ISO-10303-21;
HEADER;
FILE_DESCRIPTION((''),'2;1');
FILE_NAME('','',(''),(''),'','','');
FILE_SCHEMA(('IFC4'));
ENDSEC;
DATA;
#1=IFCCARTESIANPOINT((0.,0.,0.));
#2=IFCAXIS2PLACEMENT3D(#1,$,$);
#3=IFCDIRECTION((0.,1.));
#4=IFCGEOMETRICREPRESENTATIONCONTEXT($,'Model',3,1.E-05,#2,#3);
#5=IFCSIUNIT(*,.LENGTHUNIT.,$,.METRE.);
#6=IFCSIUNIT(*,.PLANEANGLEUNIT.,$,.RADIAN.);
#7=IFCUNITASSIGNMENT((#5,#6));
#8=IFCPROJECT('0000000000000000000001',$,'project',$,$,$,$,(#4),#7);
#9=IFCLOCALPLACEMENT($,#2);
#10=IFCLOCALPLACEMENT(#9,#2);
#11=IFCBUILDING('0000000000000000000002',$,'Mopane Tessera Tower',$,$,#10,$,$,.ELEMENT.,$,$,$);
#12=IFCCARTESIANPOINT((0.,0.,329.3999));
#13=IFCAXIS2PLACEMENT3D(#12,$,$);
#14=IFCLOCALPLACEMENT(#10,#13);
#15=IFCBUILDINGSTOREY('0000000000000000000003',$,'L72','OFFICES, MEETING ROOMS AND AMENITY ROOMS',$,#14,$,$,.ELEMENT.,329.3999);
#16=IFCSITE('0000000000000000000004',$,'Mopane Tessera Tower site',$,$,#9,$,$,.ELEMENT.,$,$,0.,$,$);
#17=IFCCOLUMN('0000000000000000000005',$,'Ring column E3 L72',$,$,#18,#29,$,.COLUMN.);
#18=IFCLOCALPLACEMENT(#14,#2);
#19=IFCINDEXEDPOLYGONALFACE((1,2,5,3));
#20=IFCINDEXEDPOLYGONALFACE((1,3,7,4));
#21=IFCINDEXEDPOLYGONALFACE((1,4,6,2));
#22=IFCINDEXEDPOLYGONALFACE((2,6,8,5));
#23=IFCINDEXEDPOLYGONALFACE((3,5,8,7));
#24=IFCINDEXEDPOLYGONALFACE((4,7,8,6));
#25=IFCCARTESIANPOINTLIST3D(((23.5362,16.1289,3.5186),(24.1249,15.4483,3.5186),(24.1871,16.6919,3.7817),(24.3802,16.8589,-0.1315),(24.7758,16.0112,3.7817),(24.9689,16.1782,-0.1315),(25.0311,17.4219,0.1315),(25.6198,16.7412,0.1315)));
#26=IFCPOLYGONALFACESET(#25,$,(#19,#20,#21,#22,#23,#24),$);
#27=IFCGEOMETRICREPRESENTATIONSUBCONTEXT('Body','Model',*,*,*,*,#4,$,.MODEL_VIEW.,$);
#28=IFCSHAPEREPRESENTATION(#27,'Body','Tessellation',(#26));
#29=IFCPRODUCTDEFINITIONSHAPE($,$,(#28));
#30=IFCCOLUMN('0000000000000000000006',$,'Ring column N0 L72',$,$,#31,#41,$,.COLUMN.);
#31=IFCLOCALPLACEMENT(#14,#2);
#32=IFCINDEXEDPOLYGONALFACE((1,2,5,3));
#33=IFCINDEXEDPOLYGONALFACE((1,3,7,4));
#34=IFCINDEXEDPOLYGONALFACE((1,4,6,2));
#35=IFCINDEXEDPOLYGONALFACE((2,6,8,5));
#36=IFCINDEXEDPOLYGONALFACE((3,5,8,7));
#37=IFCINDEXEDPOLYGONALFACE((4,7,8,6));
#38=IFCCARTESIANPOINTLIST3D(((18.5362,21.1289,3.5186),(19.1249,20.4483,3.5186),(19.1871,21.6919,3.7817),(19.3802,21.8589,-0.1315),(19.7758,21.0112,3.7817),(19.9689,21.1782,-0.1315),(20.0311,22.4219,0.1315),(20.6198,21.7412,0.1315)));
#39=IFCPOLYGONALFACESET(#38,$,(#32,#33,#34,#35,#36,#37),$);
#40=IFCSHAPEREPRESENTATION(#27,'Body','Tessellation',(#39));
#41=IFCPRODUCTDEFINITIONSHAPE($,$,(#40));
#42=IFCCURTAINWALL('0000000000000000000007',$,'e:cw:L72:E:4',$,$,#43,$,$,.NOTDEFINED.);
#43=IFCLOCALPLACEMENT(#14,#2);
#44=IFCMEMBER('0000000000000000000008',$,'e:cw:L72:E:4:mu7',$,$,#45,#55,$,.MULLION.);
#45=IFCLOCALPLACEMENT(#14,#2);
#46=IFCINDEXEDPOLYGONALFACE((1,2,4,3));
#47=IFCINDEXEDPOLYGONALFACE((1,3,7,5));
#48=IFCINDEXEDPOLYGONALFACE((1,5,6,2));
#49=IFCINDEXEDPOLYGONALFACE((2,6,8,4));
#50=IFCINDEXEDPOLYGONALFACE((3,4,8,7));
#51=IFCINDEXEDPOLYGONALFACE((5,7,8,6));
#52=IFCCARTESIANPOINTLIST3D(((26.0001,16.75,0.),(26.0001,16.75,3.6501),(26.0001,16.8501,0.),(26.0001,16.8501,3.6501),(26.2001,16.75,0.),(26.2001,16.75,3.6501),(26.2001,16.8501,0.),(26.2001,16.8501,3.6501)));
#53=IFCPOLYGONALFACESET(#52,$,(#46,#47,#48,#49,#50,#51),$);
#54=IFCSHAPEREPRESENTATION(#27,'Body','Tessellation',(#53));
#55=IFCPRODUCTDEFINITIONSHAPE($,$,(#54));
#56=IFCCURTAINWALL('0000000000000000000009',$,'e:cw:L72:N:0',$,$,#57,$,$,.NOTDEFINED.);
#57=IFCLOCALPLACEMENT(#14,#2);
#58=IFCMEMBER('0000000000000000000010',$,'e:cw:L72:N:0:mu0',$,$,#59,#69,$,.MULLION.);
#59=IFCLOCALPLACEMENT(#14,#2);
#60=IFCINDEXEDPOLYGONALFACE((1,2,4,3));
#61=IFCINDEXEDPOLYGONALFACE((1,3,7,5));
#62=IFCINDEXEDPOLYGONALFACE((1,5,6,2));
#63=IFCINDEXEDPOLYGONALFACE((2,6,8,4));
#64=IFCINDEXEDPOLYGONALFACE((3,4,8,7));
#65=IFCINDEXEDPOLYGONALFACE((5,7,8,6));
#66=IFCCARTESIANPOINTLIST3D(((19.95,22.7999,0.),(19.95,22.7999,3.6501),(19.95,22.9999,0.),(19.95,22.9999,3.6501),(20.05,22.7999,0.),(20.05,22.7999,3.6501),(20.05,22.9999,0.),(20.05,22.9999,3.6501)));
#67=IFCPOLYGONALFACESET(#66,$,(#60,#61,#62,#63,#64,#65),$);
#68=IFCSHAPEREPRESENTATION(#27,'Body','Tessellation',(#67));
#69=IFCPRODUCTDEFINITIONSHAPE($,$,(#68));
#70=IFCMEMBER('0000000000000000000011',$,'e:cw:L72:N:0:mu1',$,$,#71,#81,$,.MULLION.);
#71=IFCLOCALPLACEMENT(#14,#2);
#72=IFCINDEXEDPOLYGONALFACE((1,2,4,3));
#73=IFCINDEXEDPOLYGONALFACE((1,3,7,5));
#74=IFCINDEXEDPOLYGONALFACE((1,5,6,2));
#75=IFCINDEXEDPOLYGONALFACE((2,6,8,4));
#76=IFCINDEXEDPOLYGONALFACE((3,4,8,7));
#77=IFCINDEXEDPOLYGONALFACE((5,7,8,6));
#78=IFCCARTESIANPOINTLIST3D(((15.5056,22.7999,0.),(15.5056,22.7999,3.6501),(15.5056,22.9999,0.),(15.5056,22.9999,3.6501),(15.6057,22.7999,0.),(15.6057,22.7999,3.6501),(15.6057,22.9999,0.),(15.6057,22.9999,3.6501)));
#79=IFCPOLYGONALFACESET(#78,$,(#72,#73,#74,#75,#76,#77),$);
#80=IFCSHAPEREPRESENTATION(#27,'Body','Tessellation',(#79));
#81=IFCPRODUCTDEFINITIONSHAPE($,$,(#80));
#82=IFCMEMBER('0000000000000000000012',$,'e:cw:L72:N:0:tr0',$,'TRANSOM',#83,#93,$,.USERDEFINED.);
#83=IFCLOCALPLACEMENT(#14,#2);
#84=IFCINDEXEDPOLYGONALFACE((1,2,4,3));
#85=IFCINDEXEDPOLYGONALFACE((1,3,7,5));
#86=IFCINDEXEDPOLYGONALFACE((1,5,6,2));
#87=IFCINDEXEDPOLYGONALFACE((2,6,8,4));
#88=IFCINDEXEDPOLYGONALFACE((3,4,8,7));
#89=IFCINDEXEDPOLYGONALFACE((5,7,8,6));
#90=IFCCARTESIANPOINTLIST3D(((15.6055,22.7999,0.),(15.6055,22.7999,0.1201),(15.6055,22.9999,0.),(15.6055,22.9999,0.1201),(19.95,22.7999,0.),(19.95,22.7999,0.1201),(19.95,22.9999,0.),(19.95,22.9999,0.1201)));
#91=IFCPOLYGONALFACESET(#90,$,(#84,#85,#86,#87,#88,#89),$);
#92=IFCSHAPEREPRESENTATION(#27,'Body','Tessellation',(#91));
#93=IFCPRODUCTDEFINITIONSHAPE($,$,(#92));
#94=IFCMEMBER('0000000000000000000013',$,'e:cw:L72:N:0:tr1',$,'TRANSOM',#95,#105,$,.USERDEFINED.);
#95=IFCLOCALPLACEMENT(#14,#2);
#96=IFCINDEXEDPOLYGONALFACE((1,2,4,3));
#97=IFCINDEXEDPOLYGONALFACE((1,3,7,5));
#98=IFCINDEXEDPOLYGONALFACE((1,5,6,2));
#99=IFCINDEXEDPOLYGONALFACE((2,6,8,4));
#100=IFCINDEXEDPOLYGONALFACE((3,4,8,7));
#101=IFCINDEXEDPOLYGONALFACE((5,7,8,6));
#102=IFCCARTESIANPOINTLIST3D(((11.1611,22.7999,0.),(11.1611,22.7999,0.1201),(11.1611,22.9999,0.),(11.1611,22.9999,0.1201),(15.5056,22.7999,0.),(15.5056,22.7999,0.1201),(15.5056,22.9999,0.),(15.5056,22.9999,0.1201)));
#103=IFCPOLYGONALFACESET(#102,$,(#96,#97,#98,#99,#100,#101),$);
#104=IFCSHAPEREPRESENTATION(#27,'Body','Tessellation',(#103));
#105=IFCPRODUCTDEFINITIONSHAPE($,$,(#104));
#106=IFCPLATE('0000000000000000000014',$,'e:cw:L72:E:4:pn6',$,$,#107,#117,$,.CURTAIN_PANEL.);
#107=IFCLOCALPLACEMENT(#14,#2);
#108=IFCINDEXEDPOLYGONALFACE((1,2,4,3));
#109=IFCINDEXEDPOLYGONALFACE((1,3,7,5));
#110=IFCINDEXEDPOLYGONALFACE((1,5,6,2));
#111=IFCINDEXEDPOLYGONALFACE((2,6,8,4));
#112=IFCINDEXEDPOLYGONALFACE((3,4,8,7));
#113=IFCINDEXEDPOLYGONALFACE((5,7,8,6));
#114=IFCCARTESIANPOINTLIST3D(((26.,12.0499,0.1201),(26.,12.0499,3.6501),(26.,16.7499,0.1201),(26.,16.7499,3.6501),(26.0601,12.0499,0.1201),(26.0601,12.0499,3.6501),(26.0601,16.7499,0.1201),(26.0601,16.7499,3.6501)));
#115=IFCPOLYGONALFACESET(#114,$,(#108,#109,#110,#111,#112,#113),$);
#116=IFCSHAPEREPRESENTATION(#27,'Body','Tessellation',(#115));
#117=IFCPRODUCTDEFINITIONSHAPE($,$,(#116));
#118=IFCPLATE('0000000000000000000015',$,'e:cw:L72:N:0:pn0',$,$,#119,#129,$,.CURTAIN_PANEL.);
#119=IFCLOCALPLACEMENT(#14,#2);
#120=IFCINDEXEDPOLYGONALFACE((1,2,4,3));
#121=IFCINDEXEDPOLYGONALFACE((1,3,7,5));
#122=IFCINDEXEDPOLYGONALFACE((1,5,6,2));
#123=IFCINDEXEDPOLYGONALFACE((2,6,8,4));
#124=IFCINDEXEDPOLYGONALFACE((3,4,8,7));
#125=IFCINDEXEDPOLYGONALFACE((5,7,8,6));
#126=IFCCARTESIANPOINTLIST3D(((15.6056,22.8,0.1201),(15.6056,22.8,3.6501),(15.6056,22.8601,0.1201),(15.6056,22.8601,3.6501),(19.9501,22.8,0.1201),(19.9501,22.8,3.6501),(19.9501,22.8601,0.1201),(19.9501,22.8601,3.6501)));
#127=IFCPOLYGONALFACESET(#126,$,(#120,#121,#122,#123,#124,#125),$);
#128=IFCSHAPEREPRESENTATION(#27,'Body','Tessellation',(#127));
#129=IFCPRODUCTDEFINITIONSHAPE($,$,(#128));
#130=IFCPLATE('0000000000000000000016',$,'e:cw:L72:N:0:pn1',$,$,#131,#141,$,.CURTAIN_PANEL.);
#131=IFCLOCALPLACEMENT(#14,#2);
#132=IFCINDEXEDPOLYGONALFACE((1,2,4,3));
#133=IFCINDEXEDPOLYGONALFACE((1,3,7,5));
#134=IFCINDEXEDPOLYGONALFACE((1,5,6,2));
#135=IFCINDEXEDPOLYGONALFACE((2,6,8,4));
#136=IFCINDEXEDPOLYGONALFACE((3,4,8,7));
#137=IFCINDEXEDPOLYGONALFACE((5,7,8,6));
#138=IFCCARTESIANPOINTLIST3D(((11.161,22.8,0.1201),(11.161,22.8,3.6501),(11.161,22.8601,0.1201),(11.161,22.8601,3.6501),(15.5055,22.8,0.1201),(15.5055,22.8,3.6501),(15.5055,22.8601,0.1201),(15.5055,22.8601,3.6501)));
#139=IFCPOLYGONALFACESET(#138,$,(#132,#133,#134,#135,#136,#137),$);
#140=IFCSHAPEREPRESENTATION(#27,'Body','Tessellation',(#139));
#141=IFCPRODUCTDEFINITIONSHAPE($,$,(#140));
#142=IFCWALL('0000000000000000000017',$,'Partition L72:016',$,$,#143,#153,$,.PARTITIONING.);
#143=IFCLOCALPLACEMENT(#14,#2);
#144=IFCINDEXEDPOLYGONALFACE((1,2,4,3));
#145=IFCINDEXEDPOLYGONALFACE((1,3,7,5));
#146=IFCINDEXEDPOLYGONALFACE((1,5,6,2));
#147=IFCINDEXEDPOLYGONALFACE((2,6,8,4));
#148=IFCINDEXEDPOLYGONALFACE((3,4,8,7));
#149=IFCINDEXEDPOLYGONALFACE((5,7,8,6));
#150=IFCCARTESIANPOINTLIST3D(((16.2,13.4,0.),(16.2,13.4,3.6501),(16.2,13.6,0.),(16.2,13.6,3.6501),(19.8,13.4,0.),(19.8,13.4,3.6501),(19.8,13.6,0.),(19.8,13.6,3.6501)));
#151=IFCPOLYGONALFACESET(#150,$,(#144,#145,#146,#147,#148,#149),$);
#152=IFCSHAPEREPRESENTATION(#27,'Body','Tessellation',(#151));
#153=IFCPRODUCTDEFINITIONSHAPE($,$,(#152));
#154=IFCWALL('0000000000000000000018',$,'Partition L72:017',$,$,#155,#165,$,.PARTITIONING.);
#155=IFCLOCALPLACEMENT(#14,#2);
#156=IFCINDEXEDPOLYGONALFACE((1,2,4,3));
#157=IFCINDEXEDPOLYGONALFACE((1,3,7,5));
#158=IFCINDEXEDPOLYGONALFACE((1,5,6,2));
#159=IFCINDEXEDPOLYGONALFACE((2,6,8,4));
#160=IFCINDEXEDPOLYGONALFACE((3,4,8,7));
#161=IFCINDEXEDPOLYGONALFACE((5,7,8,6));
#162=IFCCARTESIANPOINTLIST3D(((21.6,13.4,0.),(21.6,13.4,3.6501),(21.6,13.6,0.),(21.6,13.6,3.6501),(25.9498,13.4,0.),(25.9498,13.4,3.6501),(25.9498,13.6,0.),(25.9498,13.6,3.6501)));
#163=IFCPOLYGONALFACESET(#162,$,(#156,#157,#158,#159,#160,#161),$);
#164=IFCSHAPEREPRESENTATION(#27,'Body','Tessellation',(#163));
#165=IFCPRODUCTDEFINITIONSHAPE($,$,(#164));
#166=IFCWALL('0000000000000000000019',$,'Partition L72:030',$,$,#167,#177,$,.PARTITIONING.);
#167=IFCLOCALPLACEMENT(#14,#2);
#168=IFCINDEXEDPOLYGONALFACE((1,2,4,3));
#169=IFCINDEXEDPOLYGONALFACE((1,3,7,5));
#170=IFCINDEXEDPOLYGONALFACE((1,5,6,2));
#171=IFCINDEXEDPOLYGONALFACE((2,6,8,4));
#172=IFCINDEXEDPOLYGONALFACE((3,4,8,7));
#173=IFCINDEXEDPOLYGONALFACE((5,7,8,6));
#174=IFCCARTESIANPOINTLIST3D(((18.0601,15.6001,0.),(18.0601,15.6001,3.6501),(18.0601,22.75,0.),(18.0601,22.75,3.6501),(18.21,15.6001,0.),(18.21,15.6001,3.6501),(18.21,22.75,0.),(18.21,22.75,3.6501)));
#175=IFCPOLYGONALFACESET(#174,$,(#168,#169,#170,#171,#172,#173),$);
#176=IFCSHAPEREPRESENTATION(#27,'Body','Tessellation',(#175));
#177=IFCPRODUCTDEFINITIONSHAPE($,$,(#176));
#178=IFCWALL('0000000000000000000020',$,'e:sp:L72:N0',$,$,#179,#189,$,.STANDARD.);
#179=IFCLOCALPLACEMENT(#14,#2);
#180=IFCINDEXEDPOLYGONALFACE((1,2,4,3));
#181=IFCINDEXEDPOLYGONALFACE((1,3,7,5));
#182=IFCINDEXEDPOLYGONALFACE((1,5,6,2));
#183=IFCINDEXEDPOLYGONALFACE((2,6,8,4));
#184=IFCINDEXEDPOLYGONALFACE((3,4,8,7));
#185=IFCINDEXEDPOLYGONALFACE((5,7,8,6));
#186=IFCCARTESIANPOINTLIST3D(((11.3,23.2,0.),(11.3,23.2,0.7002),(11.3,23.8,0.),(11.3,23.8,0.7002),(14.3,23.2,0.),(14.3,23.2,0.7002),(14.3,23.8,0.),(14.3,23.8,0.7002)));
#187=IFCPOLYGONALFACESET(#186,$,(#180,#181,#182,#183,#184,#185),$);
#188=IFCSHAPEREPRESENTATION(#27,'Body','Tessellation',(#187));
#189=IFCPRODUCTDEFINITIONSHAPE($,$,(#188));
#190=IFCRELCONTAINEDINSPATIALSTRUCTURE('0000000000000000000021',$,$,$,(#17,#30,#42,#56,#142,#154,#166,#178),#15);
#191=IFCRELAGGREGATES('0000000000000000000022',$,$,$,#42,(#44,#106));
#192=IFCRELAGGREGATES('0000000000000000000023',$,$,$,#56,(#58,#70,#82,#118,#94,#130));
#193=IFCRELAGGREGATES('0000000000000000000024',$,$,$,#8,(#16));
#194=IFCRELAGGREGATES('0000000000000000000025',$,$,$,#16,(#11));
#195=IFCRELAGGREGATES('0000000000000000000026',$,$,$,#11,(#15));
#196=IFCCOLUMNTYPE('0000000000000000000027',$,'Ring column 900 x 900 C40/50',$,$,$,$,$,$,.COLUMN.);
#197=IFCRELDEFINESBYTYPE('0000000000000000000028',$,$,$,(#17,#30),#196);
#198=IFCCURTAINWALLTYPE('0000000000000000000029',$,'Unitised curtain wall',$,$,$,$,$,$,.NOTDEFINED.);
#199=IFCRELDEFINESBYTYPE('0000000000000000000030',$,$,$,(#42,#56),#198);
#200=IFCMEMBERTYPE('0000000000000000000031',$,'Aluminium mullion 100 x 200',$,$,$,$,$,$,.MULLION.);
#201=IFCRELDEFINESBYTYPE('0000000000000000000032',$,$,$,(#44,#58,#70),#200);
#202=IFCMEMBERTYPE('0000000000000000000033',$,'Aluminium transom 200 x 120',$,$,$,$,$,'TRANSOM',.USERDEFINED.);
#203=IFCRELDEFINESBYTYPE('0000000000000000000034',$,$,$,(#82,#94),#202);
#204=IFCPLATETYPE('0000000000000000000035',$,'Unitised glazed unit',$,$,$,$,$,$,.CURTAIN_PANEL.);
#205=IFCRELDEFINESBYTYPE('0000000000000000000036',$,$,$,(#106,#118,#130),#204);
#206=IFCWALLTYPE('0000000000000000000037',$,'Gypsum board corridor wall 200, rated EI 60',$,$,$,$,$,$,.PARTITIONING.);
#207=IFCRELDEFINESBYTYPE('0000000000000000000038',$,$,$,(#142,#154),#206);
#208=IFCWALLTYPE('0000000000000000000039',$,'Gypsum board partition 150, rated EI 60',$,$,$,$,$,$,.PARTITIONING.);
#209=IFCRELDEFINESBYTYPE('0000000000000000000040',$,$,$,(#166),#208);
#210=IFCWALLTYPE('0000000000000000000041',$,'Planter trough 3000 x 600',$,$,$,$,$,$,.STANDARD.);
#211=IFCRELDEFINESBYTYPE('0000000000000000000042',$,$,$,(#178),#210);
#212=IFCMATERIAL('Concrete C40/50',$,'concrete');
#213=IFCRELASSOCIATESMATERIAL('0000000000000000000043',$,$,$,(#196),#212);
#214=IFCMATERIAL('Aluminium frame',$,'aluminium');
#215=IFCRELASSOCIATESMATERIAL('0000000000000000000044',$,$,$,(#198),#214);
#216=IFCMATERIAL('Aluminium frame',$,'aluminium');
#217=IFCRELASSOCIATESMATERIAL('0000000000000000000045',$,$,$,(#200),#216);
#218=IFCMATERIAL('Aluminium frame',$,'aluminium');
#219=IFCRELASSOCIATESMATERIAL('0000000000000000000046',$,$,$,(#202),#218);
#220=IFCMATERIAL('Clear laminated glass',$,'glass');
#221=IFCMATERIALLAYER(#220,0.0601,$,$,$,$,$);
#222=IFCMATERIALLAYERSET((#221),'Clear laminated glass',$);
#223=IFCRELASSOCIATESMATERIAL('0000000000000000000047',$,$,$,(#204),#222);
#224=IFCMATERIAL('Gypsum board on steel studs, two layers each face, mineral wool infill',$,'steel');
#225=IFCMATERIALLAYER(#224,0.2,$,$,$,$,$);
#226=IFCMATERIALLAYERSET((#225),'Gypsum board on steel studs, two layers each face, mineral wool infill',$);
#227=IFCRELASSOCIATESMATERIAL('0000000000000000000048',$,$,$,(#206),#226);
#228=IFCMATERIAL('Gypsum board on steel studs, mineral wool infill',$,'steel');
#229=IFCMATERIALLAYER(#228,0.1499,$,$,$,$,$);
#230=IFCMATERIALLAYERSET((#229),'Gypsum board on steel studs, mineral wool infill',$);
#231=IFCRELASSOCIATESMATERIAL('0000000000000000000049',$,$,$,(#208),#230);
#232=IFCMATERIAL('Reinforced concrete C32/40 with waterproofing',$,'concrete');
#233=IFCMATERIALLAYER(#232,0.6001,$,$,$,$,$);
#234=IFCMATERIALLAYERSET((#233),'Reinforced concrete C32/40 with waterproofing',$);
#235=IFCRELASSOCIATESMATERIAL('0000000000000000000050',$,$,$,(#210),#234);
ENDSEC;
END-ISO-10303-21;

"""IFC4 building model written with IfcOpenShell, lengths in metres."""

from ifc_helpers import new_model, si_unit, direction, frame, frame_2d, origin, origin_2d, place, context, subcontext, project, spatial, rectangle, extrude, material, layer, layer_set, material_profile, profile_set, type_object, element, aggregate, save


model = new_model("IFC4")

# Units and contexts
model_context = context("Model", 3, precision=1e-05, world=origin(), true_north=direction((0.0, 1.0)))
body_context = subcontext(model_context, "Body", "Model", "MODEL_VIEW")
ifc_project = project(units=[si_unit("LENGTHUNIT", "METRE"), si_unit("PLANEANGLEUNIT", "RADIAN")], contexts=[model_context])

# Site, building, storey
site_placement = place(None, origin())
site = spatial("IfcSite", under=ifc_project, at=site_placement, Name="Mopane Tessera Tower site", CompositionType="ELEMENT", RefElevation=0.0)
building_placement = place(site_placement, origin())
building = spatial("IfcBuilding", under=site, at=building_placement, Name="Mopane Tessera Tower", CompositionType="ELEMENT")
storey_placement = place(building_placement, frame((0.0, 0.0, 329.3999)))
storey = spatial("IfcBuildingStorey", under=building, at=storey_placement, Name="L72", Description="OFFICES, MEETING ROOMS AND AMENITY ROOMS", CompositionType="ELEMENT", Elevation=329.3999)

# Columns
ifc_material_1 = material(Name="Concrete C40/50", Category="concrete")
ifc_material_profile_1 = material_profile(ifc_material_1, rectangle(XDim=0.8999, YDim=0.8999, at=origin_2d()))
ifc_profile_set_1 = profile_set([ifc_material_profile_1], Name="Concrete C40/50")
column_type = type_object("IfcColumnType", Name="Ring column 900 x 900 C40/50", PredefinedType="COLUMN", material=ifc_profile_set_1)
for number, where, z_axis, x_axis, name in (
    (1, (25.0, 16.8, 0.0), (-0.22112, -0.191249, 0.95631), (0.654172, -0.756346, 0.0), "Ring column E3 L72"),
    (2, (20.0, 21.8, 0.0), (-0.22112, -0.191249, 0.95631), (0.654172, -0.756346, 0.0), "Ring column N0 L72"),
):
    element("IfcColumn", number, at=place(storey_placement, frame(where, z_axis=z_axis, x_axis=x_axis)), inside=storey, type_object=column_type, Name=name, PredefinedType="COLUMN", context=body_context, shape_type="SweptSolid", body=[
        extrude(rectangle(XDim=0.8999, YDim=0.8999, at=origin_2d()), origin(), (0.0, 0.0, 1.0), 3.8169),
    ])

# Curtain wall, member
ifc_material_2 = material(Name="Aluminium frame", Category="aluminium")
curtain_wall_type = type_object("IfcCurtainWallType", Name="Unitised curtain wall", PredefinedType="NOTDEFINED", material=ifc_material_2)
curtain_wall_1_placement = place(storey_placement, origin())
curtain_wall_1 = element("IfcCurtainWall", 3, at=curtain_wall_1_placement, inside=storey, type_object=curtain_wall_type, Name="e:cw:L72:E:4", PredefinedType="NOTDEFINED")
ifc_material_3 = material(Name="Aluminium frame", Category="aluminium")
ifc_material_profile_2 = material_profile(ifc_material_3, rectangle(XDim=0.1001, YDim=0.2, at=origin_2d()))
ifc_profile_set_2 = profile_set([ifc_material_profile_2], Name="Aluminium frame")
member_type_1 = type_object("IfcMemberType", Name="Aluminium mullion 100 x 200", PredefinedType="MULLION", material=ifc_profile_set_2)
member_1_placement = place(storey_placement, frame((26.1001, 16.8, 0.0), z_axis=(0.0, 0.0, 1.0), x_axis=(0.0, 1.0, 0.0)))
member_1 = element("IfcMember", 4, at=member_1_placement, type_object=member_type_1, Name="e:cw:L72:E:4:mu7", PredefinedType="MULLION", context=body_context, shape_type="SweptSolid", body=[
    extrude(rectangle(XDim=0.1001, YDim=0.2, at=origin_2d()), origin(), (0.0, 0.0, 1.0), 3.6501),
])

# Curtain wall, members
curtain_wall_2_placement = place(storey_placement, origin())
curtain_wall_2 = element("IfcCurtainWall", 5, at=curtain_wall_2_placement, inside=storey, type_object=curtain_wall_type, Name="e:cw:L72:N:0", PredefinedType="NOTDEFINED")
member_2_placement = place(storey_placement, frame((20.0, 22.8999, 0.0), z_axis=(0.0, 0.0, 1.0), x_axis=(-1.0, 0.0, 0.0)))
member_2 = element("IfcMember", 6, at=member_2_placement, type_object=member_type_1, Name="e:cw:L72:N:0:mu0", PredefinedType="MULLION", context=body_context, shape_type="SweptSolid", body=[
    extrude(rectangle(XDim=0.1001, YDim=0.2, at=origin_2d()), origin(), (0.0, 0.0, 1.0), 3.6501),
])
member_3_placement = place(storey_placement, frame((15.5557, 22.8999, 0.0), z_axis=(0.0, 0.0, 1.0), x_axis=(-1.0, 0.0, 0.0)))
member_3 = element("IfcMember", 7, at=member_3_placement, type_object=member_type_1, Name="e:cw:L72:N:0:mu1", PredefinedType="MULLION", context=body_context, shape_type="SweptSolid", body=[
    extrude(rectangle(XDim=0.1001, YDim=0.2, at=origin_2d()), origin(), (0.0, 0.0, 1.0), 3.6501),
])
ifc_material_4 = material(Name="Aluminium frame", Category="aluminium")
ifc_material_profile_3 = material_profile(ifc_material_4, rectangle(XDim=0.2, YDim=0.1201, at=origin_2d()))
ifc_profile_set_3 = profile_set([ifc_material_profile_3], Name="Aluminium frame")
member_type_2 = type_object("IfcMemberType", Name="Aluminium transom 200 x 120", ElementType="TRANSOM", PredefinedType="USERDEFINED", material=ifc_profile_set_3)
member_4_placement = place(storey_placement, frame((19.95, 22.8999, 0.0601), z_axis=(-1.0, 0.0, 0.0), x_axis=(0.0, -1.0, 0.0)))
member_4 = element("IfcMember", 8, at=member_4_placement, type_object=member_type_2, Name="e:cw:L72:N:0:tr0", ObjectType="TRANSOM", PredefinedType="USERDEFINED", context=body_context, shape_type="SweptSolid", body=[
    extrude(rectangle(XDim=0.2, YDim=0.1201, at=origin_2d()), origin(), (0.0, 0.0, 1.0), 4.3445),
])
member_5_placement = place(storey_placement, frame((15.5056, 22.8999, 0.0601), z_axis=(-1.0, 0.0, 0.0), x_axis=(0.0, -1.0, 0.0)))
member_5 = element("IfcMember", 9, at=member_5_placement, type_object=member_type_2, Name="e:cw:L72:N:0:tr1", ObjectType="TRANSOM", PredefinedType="USERDEFINED", context=body_context, shape_type="SweptSolid", body=[
    extrude(rectangle(XDim=0.2, YDim=0.1201, at=origin_2d()), origin(), (0.0, 0.0, 1.0), 4.3445),
])

# Plates
ifc_material_5 = material(Name="Clear laminated glass", Category="glass")
ifc_layer_1 = layer(ifc_material_5, 0.0601)
ifc_layer_set_1 = layer_set([ifc_layer_1], Name="Clear laminated glass")
plate_type = type_object("IfcPlateType", Name="Unitised glazed unit", PredefinedType="CURTAIN_PANEL", material=ifc_layer_set_1)
plate_1_placement = place(storey_placement, frame((26.03, 14.3999, 0.1201), z_axis=(0.0, 0.0, 1.0), x_axis=(0.0, 1.0, 0.0)))
plate_1 = element("IfcPlate", 10, at=plate_1_placement, type_object=plate_type, Name="e:cw:L72:E:4:pn6", PredefinedType="CURTAIN_PANEL", context=body_context, shape_type="SweptSolid", body=[
    extrude(rectangle(XDim=4.7, YDim=0.0601, at=origin_2d()), origin(), (0.0, 0.0, 1.0), 3.53),
])
aggregate(curtain_wall_1, [member_1, plate_1])
plate_2_placement = place(storey_placement, frame((17.7778, 22.8301, 0.1201), z_axis=(0.0, 0.0, 1.0), x_axis=(-1.0, 0.0, 0.0)))
plate_2 = element("IfcPlate", 11, at=plate_2_placement, type_object=plate_type, Name="e:cw:L72:N:0:pn0", PredefinedType="CURTAIN_PANEL", context=body_context, shape_type="SweptSolid", body=[
    extrude(rectangle(XDim=4.3445, YDim=0.0601, at=origin_2d()), origin(), (0.0, 0.0, 1.0), 3.53),
])
plate_3_placement = place(storey_placement, frame((13.3333, 22.8301, 0.1201), z_axis=(0.0, 0.0, 1.0), x_axis=(-1.0, 0.0, 0.0)))
plate_3 = element("IfcPlate", 12, at=plate_3_placement, type_object=plate_type, Name="e:cw:L72:N:0:pn1", PredefinedType="CURTAIN_PANEL", context=body_context, shape_type="SweptSolid", body=[
    extrude(rectangle(XDim=4.3445, YDim=0.0601, at=origin_2d()), origin(), (0.0, 0.0, 1.0), 3.53),
])
aggregate(curtain_wall_2, [member_2, member_3, member_4, plate_2, member_5, plate_3])

# Walls
ifc_material_6 = material(Name="Gypsum board on steel studs, two layers each face, mineral wool infill", Category="steel")
ifc_layer_2 = layer(ifc_material_6, 0.2)
ifc_layer_set_2 = layer_set([ifc_layer_2], Name="Gypsum board on steel studs, two layers each face, mineral wool infill")
wall_type_1 = type_object("IfcWallType", Name="Gypsum board corridor wall 200, rated EI 60", PredefinedType="PARTITIONING", material=ifc_layer_set_2)
wall_1_placement = place(storey_placement, frame((16.2, 13.5, 0.0), z_axis=(0.0, 0.0, 1.0), x_axis=(1.0, 0.0, 0.0)))
element("IfcWall", 13, at=wall_1_placement, inside=storey, type_object=wall_type_1, Name="Partition L72:016", PredefinedType="PARTITIONING", context=body_context, shape_type="SweptSolid", body=[
    extrude(rectangle(XDim=3.6001, YDim=0.2, at=frame_2d((1.8, 0.0))), origin(), (0.0, 0.0, 1.0), 3.6501),
])
wall_2_placement = place(storey_placement, frame((21.6001, 13.5, 0.0), z_axis=(0.0, 0.0, 1.0), x_axis=(1.0, 0.0, 0.0)))
element("IfcWall", 14, at=wall_2_placement, inside=storey, type_object=wall_type_1, Name="Partition L72:017", PredefinedType="PARTITIONING", context=body_context, shape_type="SweptSolid", body=[
    extrude(rectangle(XDim=4.3499, YDim=0.2, at=frame_2d((2.1748, 0.0))), origin(), (0.0, 0.0, 1.0), 3.6501),
])
ifc_material_7 = material(Name="Gypsum board on steel studs, mineral wool infill", Category="steel")
ifc_layer_3 = layer(ifc_material_7, 0.1499)
ifc_layer_set_3 = layer_set([ifc_layer_3], Name="Gypsum board on steel studs, mineral wool infill")
wall_type_2 = type_object("IfcWallType", Name="Gypsum board partition 150, rated EI 60", PredefinedType="PARTITIONING", material=ifc_layer_set_3)
wall_3_placement = place(storey_placement, frame((18.135, 15.6001, 0.0), z_axis=(0.0, 0.0, 1.0), x_axis=(0.0, 1.0, 0.0)))
element("IfcWall", 15, at=wall_3_placement, inside=storey, type_object=wall_type_2, Name="Partition L72:030", PredefinedType="PARTITIONING", context=body_context, shape_type="SweptSolid", body=[
    extrude(rectangle(XDim=7.1499, YDim=0.1499, at=frame_2d((3.575, 0.0))), origin(), (0.0, 0.0, 1.0), 3.6501),
])
ifc_material_8 = material(Name="Reinforced concrete C32/40 with waterproofing", Category="concrete")
ifc_layer_4 = layer(ifc_material_8, 0.6001)
ifc_layer_set_4 = layer_set([ifc_layer_4], Name="Reinforced concrete C32/40 with waterproofing")
wall_type_3 = type_object("IfcWallType", Name="Planter trough 3000 x 600", PredefinedType="STANDARD", material=ifc_layer_set_4)
wall_4_placement = place(storey_placement, frame((14.3, 23.5, 0.0), z_axis=(0.0, 0.0, 1.0), x_axis=(-1.0, 0.0, 0.0)))
element("IfcWall", 16, at=wall_4_placement, inside=storey, type_object=wall_type_3, Name="e:sp:L72:N0", PredefinedType="STANDARD", context=body_context, shape_type="SweptSolid", body=[
    extrude(rectangle(XDim=3.0, YDim=0.6001, at=frame_2d((1.5, 0.0))), origin(), (0.0, 0.0, 1.0), 0.7002),
])

save(model, "model.ifc")
